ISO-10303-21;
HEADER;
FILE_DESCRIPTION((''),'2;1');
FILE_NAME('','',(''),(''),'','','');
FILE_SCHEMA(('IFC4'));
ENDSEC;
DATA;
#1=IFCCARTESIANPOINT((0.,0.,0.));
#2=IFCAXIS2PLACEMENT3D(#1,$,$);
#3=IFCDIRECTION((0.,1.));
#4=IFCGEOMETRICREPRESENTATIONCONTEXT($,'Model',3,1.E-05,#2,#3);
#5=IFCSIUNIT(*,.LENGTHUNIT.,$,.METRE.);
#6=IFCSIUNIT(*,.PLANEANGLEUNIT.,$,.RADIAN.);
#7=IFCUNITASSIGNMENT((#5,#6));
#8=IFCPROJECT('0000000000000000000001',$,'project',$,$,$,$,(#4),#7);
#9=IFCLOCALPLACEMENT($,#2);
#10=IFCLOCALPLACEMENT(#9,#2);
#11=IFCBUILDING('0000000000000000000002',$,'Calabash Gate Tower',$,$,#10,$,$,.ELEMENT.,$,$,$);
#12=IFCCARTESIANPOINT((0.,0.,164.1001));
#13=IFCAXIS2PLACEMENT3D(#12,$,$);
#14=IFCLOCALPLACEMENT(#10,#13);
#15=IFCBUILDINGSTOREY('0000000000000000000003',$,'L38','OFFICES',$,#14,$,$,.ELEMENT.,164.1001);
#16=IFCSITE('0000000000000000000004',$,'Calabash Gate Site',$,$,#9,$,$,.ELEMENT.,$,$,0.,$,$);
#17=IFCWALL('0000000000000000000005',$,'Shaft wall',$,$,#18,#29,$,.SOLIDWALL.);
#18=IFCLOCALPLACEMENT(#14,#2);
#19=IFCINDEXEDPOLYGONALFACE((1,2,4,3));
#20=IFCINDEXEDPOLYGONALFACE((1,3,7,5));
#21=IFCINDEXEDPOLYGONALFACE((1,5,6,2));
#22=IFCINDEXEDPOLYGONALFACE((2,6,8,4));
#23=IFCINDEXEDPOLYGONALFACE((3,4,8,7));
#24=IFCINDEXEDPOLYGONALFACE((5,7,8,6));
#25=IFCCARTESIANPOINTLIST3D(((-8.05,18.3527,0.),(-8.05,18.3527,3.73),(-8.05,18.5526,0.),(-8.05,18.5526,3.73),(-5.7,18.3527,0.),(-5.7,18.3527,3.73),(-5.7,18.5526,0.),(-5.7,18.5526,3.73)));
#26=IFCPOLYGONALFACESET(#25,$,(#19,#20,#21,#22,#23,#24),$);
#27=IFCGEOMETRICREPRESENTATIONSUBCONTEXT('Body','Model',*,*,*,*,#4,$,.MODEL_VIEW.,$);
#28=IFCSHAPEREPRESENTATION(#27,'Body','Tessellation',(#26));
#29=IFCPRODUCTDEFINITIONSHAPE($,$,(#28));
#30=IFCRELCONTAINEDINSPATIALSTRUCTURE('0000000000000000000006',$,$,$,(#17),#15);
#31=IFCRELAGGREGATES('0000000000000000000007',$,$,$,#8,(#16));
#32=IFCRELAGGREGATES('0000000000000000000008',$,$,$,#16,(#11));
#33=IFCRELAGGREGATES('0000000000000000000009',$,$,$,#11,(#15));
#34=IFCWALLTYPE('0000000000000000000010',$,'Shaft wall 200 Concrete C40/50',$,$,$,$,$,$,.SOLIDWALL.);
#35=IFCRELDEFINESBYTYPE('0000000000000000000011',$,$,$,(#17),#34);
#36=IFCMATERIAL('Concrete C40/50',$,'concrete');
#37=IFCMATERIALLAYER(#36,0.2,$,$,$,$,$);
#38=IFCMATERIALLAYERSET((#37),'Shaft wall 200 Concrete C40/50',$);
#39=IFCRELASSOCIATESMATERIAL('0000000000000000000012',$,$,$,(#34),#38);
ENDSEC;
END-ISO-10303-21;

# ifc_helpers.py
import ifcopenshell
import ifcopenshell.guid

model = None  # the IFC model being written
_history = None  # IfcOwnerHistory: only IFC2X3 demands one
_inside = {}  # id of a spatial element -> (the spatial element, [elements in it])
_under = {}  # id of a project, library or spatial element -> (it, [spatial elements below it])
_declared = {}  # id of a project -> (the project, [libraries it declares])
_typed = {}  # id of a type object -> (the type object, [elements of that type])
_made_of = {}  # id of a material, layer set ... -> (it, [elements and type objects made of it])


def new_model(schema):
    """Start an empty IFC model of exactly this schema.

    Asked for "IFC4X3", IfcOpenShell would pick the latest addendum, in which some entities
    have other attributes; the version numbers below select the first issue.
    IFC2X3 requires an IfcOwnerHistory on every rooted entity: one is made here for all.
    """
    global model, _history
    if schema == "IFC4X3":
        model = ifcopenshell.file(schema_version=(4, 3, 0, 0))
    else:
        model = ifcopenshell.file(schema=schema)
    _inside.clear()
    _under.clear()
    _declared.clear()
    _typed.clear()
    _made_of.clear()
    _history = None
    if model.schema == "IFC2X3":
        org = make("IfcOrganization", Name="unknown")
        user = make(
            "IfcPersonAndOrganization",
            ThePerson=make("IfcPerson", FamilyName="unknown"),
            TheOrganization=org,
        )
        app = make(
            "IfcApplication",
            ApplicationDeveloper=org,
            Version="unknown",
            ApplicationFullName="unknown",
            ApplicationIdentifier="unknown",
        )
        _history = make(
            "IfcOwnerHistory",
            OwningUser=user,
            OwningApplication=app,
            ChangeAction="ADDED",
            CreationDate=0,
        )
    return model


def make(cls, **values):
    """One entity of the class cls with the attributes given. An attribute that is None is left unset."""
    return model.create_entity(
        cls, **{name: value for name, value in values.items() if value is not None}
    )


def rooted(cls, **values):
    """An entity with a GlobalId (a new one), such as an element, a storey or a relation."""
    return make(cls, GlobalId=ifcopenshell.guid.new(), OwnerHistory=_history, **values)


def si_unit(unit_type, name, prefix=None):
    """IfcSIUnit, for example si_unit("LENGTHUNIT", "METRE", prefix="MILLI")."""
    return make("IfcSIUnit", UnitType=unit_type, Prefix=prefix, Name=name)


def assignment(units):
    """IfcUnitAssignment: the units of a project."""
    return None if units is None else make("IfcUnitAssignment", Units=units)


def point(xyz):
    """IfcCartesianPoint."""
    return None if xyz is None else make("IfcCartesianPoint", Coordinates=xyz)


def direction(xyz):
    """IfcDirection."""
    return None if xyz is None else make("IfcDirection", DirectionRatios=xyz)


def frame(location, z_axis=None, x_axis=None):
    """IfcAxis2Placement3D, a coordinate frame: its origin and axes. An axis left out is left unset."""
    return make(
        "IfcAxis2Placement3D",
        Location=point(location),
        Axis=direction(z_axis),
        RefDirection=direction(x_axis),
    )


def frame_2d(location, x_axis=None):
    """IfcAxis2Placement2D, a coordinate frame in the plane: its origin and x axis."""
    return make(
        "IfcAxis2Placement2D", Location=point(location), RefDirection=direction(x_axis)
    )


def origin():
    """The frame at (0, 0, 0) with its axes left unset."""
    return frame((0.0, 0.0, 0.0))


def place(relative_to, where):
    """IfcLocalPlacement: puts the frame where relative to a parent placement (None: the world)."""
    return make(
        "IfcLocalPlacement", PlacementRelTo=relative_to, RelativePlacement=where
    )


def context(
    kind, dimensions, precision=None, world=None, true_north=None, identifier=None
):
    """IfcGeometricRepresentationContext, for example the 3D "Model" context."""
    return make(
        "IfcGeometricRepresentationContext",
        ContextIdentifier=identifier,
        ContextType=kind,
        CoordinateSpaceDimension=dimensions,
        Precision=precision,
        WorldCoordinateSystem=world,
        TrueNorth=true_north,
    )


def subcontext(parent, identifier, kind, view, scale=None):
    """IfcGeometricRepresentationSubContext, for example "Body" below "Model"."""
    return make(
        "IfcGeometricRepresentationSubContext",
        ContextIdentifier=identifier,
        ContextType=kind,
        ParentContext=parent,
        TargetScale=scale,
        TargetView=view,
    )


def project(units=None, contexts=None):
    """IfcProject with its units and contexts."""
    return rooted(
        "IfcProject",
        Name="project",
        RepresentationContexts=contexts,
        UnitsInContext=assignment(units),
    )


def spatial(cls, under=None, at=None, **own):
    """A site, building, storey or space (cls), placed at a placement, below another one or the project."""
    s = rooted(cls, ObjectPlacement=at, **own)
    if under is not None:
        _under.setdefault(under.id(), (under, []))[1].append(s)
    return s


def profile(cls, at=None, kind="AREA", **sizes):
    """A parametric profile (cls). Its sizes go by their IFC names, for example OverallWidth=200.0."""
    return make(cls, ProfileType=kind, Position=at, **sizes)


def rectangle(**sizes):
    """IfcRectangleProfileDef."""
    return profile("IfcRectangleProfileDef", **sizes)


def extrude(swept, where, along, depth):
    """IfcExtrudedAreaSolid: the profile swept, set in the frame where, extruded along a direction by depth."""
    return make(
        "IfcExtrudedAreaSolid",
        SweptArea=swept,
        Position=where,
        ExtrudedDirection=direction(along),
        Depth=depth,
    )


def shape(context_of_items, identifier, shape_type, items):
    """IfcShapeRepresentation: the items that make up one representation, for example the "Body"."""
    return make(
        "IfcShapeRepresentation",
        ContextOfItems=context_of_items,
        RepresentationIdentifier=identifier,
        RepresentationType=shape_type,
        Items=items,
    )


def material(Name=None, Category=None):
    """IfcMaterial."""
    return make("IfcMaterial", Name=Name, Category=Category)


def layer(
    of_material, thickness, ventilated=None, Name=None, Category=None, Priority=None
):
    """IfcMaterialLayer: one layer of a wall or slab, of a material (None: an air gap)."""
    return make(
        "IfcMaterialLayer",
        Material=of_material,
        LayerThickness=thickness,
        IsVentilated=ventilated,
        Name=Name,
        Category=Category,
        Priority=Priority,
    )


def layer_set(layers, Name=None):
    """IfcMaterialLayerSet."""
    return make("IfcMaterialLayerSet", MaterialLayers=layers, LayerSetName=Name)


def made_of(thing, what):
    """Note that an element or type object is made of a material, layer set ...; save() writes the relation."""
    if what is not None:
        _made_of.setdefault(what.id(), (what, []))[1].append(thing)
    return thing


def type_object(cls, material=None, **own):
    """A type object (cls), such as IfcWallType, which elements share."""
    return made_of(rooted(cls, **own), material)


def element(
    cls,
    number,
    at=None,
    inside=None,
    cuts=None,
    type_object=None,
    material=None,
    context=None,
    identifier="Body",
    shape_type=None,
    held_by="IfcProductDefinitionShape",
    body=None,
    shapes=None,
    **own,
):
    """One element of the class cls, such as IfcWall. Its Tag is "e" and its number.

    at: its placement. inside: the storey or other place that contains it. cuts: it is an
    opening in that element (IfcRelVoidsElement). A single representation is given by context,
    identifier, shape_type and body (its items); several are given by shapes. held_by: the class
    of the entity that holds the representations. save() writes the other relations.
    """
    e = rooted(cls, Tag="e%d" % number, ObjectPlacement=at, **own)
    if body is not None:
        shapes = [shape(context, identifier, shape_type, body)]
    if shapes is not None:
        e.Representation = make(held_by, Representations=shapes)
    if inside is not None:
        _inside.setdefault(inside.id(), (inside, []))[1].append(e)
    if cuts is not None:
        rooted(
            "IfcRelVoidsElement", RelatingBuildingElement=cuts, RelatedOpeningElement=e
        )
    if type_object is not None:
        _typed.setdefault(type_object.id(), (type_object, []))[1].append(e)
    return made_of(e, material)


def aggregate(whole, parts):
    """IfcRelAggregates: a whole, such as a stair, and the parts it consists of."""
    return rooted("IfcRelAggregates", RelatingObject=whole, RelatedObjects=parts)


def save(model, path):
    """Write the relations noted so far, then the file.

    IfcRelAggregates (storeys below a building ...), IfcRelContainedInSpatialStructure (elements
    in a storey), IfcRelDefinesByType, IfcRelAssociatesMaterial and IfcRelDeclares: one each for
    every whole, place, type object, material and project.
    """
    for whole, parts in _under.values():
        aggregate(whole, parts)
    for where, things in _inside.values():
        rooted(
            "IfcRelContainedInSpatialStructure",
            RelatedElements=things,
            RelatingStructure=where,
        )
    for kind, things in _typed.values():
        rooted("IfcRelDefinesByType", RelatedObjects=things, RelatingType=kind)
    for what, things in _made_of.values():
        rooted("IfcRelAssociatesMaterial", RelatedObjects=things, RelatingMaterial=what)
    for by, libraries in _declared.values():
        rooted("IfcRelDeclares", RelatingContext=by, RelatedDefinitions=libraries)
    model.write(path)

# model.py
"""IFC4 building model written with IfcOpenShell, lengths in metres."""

from ifc_helpers import new_model, si_unit, direction, frame, frame_2d, origin, place, context, subcontext, project, spatial, rectangle, extrude, material, layer, layer_set, type_object, element, save


model = new_model("IFC4")

# Units and contexts
model_context = context("Model", 3, precision=1e-05, world=origin(), true_north=direction((0.0, 1.0)))
body_context = subcontext(model_context, "Body", "Model", "MODEL_VIEW")
ifc_project = project(units=[si_unit("LENGTHUNIT", "METRE"), si_unit("PLANEANGLEUNIT", "RADIAN")], contexts=[model_context])

# Site, building, storey
site_placement = place(None, origin())
site = spatial("IfcSite", under=ifc_project, at=site_placement, Name="Calabash Gate Site", CompositionType="ELEMENT", RefElevation=0.0)
building_placement = place(site_placement, origin())
building = spatial("IfcBuilding", under=site, at=building_placement, Name="Calabash Gate Tower", CompositionType="ELEMENT")
storey_placement = place(building_placement, frame((0.0, 0.0, 164.1001)))
storey = spatial("IfcBuildingStorey", under=building, at=storey_placement, Name="L38", Description="OFFICES", CompositionType="ELEMENT", Elevation=164.1001)

# Shared definitions
ifc_material_1 = material(Name="Concrete C40/50", Category="concrete")
ifc_layer_1 = layer(ifc_material_1, 0.2)
ifc_layer_set_1 = layer_set([ifc_layer_1], Name="Shaft wall 200 Concrete C40/50")
wall_type_1 = type_object("IfcWallType", Name="Shaft wall 200 Concrete C40/50", PredefinedType="SOLIDWALL", material=ifc_layer_set_1)

# Wall
wall_1_placement = place(storey_placement, frame((-8.05, 18.4526, 0.0), z_axis=(0.0, 0.0, 1.0), x_axis=(1.0, 0.0, 0.0)))
element("IfcWall", 1, at=wall_1_placement, inside=storey, type_object=wall_type_1, Name="Shaft wall", PredefinedType="SOLIDWALL", context=body_context, shape_type="SweptSolid", body=[
    extrude(rectangle(XDim=2.3501, YDim=0.2, at=frame_2d((1.175, 0.0))), origin(), (0.0, 0.0, 1.0), 3.73),
])

save(model, "model.ifc")
